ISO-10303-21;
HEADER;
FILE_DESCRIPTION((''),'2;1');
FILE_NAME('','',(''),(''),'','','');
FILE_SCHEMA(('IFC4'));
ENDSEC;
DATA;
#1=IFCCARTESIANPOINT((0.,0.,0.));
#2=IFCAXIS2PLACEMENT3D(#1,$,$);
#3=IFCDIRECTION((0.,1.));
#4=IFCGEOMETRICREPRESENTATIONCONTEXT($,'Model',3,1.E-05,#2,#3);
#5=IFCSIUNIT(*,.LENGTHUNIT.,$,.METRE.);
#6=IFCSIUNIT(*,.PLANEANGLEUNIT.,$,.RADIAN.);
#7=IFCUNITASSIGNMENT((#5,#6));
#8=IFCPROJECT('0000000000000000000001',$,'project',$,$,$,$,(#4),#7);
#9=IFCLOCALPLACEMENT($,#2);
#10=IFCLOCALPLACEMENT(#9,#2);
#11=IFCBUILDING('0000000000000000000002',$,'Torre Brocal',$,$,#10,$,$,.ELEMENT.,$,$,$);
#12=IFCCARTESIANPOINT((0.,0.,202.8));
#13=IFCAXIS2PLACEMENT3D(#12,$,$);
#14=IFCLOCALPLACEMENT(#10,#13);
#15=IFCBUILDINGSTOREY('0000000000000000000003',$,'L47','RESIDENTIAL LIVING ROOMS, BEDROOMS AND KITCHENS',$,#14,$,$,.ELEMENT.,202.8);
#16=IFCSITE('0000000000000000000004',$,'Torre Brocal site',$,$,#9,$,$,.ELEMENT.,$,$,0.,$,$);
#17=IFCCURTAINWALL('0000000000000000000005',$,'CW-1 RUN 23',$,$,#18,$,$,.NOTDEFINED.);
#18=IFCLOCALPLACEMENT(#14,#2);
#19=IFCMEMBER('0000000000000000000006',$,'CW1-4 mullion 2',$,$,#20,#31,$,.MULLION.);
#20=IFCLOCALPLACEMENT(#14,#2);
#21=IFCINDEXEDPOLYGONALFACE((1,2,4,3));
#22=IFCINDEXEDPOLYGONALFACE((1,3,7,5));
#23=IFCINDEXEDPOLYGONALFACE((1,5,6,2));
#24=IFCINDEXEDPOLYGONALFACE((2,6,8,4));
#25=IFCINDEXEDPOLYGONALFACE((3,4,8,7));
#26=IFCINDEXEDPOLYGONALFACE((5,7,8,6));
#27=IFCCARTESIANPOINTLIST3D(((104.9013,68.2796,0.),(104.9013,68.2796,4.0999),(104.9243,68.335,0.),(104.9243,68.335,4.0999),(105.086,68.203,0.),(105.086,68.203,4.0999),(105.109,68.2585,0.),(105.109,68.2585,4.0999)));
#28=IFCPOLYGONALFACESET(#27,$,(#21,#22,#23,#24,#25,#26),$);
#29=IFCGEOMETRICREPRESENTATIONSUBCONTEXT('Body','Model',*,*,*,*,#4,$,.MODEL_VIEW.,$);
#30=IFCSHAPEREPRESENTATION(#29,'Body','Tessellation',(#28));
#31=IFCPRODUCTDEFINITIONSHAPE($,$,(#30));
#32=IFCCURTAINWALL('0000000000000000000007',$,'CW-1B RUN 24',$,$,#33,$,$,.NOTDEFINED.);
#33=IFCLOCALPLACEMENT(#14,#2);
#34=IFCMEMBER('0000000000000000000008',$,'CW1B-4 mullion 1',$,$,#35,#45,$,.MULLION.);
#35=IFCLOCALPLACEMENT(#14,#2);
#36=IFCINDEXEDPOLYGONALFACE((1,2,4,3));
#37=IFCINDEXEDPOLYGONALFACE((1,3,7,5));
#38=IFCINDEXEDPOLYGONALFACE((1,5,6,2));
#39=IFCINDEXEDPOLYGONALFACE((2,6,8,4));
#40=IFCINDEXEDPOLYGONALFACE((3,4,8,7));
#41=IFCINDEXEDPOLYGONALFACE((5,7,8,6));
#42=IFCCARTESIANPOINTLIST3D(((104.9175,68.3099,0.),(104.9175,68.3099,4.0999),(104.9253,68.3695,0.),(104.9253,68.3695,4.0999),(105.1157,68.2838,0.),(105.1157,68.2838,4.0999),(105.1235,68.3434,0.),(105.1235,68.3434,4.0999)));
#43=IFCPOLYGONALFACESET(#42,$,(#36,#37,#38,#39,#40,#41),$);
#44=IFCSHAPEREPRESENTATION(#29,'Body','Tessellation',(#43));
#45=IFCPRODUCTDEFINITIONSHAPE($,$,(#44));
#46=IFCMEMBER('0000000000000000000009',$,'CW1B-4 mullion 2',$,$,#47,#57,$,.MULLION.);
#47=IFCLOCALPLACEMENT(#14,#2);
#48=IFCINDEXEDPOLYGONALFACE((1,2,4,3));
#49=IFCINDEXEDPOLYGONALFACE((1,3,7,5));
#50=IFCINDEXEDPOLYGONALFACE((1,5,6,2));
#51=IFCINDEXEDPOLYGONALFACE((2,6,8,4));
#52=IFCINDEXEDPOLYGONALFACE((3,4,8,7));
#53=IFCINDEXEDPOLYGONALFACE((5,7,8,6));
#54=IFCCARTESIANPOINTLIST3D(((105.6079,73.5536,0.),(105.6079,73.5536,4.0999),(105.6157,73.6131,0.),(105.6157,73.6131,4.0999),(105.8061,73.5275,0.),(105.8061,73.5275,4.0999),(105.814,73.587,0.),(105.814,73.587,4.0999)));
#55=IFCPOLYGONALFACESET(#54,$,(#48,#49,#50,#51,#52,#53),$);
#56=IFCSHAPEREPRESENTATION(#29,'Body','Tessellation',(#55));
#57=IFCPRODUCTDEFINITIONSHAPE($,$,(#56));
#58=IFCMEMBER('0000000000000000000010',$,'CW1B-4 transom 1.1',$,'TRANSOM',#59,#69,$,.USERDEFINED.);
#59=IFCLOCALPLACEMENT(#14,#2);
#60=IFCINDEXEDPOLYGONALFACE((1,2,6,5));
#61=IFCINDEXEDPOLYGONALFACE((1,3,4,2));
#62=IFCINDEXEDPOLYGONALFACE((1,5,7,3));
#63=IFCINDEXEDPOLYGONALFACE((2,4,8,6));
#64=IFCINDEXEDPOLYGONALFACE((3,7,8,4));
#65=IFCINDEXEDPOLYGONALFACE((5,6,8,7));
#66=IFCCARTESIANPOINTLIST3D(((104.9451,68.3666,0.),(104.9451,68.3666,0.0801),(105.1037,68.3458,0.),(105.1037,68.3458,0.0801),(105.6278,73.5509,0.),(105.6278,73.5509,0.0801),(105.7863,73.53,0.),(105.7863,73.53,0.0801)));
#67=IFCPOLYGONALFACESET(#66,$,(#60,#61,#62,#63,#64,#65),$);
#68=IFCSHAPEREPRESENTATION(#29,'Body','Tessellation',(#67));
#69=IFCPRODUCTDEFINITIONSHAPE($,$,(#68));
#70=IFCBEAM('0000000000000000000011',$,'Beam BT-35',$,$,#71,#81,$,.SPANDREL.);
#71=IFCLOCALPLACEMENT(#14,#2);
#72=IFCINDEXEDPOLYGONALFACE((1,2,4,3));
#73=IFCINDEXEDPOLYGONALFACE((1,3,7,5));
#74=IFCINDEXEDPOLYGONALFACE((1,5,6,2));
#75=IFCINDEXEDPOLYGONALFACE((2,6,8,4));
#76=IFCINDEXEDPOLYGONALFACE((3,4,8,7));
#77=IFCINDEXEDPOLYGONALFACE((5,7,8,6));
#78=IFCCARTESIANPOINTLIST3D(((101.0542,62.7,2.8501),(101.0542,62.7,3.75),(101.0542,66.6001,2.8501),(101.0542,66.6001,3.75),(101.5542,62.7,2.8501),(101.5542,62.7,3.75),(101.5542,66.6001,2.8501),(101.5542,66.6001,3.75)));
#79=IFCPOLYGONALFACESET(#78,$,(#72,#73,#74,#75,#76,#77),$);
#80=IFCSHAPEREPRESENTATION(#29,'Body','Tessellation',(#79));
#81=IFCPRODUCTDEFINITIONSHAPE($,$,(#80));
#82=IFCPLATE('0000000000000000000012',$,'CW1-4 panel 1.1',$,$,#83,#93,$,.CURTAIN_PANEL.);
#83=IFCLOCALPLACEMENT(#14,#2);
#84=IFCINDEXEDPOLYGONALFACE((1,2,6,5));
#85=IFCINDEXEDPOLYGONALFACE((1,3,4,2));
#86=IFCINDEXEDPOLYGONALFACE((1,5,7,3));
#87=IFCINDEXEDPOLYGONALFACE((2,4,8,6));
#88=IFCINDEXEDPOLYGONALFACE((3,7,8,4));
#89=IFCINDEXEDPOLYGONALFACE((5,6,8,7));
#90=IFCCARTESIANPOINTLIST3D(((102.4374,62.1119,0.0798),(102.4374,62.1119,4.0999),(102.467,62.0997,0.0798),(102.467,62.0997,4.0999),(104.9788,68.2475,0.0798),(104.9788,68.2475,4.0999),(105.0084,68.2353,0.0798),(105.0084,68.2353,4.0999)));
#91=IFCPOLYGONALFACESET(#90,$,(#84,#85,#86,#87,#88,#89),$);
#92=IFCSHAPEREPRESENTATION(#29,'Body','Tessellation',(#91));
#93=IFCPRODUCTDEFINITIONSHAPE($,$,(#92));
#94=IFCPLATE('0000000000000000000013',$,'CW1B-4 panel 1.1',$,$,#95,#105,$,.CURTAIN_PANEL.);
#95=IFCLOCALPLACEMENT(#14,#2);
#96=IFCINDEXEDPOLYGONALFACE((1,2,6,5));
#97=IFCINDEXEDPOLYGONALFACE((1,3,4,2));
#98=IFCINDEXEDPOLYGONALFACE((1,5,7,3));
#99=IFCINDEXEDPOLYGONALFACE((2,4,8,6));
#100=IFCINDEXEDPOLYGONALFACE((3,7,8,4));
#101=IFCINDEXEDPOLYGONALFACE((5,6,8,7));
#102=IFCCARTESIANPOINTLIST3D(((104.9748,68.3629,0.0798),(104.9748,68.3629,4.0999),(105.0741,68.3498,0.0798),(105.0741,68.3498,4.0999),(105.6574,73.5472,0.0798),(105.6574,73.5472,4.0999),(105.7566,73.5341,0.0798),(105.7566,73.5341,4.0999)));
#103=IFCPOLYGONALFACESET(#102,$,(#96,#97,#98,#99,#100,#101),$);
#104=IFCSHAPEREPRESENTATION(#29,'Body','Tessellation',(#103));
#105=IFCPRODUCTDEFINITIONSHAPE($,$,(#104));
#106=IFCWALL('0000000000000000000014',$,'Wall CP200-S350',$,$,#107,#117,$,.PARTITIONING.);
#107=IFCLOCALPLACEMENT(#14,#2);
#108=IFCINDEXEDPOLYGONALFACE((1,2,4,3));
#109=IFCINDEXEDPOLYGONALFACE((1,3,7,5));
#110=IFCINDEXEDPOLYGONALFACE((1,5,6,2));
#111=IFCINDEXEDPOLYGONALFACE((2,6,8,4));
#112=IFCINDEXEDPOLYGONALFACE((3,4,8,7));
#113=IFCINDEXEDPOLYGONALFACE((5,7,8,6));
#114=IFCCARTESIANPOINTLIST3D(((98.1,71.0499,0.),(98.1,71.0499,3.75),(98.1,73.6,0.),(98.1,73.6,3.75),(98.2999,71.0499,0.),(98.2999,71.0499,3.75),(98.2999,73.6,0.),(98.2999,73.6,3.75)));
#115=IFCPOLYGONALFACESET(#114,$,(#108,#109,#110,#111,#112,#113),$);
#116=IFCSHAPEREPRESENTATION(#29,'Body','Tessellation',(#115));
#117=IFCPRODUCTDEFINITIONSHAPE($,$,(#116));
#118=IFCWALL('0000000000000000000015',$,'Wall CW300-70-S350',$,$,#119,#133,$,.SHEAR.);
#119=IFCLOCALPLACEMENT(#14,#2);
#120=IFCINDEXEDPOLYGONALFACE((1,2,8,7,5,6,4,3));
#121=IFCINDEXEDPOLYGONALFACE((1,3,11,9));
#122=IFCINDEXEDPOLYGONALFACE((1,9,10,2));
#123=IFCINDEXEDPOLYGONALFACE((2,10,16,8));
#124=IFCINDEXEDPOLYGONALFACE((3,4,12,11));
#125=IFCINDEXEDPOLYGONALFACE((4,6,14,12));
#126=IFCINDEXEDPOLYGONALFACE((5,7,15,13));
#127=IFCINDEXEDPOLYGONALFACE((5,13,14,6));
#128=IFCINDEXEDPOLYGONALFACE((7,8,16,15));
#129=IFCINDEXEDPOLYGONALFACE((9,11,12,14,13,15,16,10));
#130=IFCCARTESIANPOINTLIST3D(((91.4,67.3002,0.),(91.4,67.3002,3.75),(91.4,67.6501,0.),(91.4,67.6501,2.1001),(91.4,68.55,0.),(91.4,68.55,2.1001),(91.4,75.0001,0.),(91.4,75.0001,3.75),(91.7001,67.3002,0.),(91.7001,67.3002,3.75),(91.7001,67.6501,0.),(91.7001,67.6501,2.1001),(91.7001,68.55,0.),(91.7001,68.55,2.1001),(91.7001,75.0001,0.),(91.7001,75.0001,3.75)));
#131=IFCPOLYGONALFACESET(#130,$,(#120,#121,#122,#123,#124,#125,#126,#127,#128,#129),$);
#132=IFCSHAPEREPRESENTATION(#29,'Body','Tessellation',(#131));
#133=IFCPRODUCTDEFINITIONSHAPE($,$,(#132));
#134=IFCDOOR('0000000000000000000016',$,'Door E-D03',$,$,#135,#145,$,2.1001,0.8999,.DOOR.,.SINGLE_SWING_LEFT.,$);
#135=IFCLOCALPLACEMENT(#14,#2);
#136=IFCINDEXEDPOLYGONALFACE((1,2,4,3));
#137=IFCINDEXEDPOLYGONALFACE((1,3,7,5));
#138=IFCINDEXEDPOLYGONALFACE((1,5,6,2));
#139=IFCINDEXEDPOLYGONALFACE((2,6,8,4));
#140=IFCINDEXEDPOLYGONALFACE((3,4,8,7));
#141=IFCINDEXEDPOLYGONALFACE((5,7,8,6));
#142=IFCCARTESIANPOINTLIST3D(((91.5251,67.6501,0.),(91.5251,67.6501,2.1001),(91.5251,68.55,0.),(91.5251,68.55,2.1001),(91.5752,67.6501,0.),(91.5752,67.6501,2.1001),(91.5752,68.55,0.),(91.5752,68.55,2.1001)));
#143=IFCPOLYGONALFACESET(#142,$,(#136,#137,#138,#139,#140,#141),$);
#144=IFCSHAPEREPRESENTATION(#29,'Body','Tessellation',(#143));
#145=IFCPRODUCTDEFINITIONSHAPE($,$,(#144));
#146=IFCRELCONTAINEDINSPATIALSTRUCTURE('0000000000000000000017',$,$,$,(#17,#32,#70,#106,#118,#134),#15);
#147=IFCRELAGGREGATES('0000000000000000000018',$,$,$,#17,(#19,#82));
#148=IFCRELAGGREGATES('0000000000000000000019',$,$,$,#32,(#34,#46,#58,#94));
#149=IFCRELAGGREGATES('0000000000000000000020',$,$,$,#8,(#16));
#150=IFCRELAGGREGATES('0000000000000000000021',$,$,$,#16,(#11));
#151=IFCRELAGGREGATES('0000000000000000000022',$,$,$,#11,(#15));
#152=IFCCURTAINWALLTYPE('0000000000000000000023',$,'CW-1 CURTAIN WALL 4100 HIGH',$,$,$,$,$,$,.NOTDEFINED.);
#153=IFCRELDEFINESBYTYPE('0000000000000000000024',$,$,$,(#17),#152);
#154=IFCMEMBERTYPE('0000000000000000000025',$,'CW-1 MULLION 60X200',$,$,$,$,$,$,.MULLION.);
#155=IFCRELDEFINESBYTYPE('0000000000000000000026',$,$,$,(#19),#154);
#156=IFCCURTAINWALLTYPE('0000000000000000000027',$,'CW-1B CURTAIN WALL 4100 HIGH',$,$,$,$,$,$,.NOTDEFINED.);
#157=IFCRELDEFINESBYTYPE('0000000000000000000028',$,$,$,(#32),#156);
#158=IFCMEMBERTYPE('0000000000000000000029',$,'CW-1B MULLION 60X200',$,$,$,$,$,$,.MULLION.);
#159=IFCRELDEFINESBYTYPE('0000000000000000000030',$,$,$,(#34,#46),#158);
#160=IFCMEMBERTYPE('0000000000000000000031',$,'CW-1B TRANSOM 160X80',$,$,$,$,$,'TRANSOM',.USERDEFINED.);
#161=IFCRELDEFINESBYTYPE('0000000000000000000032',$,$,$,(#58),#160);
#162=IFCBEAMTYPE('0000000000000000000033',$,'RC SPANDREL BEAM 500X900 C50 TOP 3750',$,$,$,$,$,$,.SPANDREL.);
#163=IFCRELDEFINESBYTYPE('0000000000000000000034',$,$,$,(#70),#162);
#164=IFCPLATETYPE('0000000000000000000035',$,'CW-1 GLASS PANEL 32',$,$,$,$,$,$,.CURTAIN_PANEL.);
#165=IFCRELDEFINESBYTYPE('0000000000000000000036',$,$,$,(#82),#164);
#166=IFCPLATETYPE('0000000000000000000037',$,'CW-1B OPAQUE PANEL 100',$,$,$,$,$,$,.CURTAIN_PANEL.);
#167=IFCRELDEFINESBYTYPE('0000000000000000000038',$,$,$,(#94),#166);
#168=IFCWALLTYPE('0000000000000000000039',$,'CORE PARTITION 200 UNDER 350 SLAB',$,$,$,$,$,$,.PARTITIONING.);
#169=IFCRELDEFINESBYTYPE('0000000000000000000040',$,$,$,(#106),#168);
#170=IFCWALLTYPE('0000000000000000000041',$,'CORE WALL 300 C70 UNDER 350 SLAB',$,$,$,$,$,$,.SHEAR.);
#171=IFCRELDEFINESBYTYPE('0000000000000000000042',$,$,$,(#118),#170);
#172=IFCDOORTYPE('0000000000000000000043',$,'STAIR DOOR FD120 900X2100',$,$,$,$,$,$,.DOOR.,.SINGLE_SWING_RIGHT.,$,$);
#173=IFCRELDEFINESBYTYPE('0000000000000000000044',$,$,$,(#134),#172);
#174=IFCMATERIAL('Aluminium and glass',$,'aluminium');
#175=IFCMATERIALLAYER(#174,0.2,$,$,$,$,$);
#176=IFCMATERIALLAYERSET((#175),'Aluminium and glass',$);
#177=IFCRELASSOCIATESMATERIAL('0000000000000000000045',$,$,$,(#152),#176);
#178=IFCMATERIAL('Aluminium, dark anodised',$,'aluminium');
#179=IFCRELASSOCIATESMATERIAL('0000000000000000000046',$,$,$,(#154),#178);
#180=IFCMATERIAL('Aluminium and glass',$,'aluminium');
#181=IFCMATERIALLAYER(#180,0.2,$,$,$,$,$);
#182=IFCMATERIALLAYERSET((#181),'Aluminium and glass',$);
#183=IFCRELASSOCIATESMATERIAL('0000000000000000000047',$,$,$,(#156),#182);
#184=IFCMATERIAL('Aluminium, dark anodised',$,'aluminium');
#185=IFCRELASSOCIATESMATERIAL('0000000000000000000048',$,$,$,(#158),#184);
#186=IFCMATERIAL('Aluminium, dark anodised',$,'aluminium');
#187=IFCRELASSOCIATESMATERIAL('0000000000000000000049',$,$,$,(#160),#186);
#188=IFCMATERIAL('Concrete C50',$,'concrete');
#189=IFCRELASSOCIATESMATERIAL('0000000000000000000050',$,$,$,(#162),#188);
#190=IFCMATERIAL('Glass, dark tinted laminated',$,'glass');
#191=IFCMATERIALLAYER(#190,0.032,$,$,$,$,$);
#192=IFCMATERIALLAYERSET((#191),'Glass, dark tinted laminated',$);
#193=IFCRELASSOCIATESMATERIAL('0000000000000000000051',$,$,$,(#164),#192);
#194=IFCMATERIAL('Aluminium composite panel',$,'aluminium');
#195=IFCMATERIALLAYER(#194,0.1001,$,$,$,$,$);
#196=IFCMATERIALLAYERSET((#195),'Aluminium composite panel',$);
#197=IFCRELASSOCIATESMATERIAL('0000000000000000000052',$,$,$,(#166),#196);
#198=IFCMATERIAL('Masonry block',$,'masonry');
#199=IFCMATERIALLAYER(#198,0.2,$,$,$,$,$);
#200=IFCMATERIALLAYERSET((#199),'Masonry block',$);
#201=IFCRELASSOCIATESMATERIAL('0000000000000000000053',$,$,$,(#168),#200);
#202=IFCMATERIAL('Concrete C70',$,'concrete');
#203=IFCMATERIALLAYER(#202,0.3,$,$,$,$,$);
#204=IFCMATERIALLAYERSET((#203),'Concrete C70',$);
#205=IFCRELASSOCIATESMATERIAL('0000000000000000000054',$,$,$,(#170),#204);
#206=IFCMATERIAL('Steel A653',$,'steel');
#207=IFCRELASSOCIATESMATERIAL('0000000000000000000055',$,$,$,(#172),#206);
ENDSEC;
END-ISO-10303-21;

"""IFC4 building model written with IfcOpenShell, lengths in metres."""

from ifc_helpers import new_model, si_unit, direction, frame, frame_2d, origin, origin_2d, place, context, subcontext, project, spatial, rectangle, extrude, material, layer, layer_set, material_profile, profile_set, type_object, element, fill, aggregate, save


model = new_model("IFC4")

# Units and contexts
model_context = context("Model", 3, precision=1e-05, world=origin(), true_north=direction((0.0, 1.0)))
body_context = subcontext(model_context, "Body", "Model", "MODEL_VIEW")
ifc_project = project(units=[si_unit("LENGTHUNIT", "METRE"), si_unit("PLANEANGLEUNIT", "RADIAN")], contexts=[model_context])

# Site, building, storey
site_placement = place(None, origin())
site = spatial("IfcSite", under=ifc_project, at=site_placement, Name="Torre Brocal site", CompositionType="ELEMENT", RefElevation=0.0)
building_placement = place(site_placement, origin())
building = spatial("IfcBuilding", under=site, at=building_placement, Name="Torre Brocal", CompositionType="ELEMENT")
storey_placement = place(building_placement, frame((0.0, 0.0, 202.8)))
storey = spatial("IfcBuildingStorey", under=building, at=storey_placement, Name="L47", Description="RESIDENTIAL LIVING ROOMS, BEDROOMS AND KITCHENS", CompositionType="ELEMENT", Elevation=202.8)

# Curtain wall, member
ifc_material_1 = material(Name="Aluminium and glass", Category="aluminium")
ifc_layer_1 = layer(ifc_material_1, 0.2)
ifc_layer_set_1 = layer_set([ifc_layer_1], Name="Aluminium and glass")
curtain_wall_type_1 = type_object("IfcCurtainWallType", Name="CW-1 CURTAIN WALL 4100 HIGH", PredefinedType="NOTDEFINED", material=ifc_layer_set_1)
curtain_wall_1_placement = place(storey_placement, origin())
curtain_wall_1 = element("IfcCurtainWall", 1, at=curtain_wall_1_placement, inside=storey, type_object=curtain_wall_type_1, Name="CW-1 RUN 23", PredefinedType="NOTDEFINED")
ifc_material_2 = material(Name="Aluminium, dark anodised", Category="aluminium")
ifc_material_profile_1 = material_profile(ifc_material_2, rectangle(XDim=0.2, YDim=0.0601, at=origin_2d()), Name="CW-1 MULLION 60X200")
ifc_profile_set_1 = profile_set([ifc_material_profile_1], Name="Aluminium, dark anodised")
member_type_1 = type_object("IfcMemberType", Name="CW-1 MULLION 60X200", PredefinedType="MULLION", material=ifc_profile_set_1)
member_1_placement = place(storey_placement, frame((105.0051, 68.269, 0.0), z_axis=(0.0, 0.0, 1.0), x_axis=(-0.92388, 0.382683, 0.0)))
member_1 = element("IfcMember", 2, at=member_1_placement, type_object=member_type_1, Name="CW1-4 mullion 2", PredefinedType="MULLION", context=body_context, shape_type="SweptSolid", body=[
    extrude(rectangle(XDim=0.2, YDim=0.0601, at=origin_2d()), origin(), (0.0, 0.0, 1.0), 4.0999),
])

# Curtain wall, members
ifc_material_3 = material(Name="Aluminium and glass", Category="aluminium")
ifc_layer_2 = layer(ifc_material_3, 0.2)
ifc_layer_set_2 = layer_set([ifc_layer_2], Name="Aluminium and glass")
curtain_wall_type_2 = type_object("IfcCurtainWallType", Name="CW-1B CURTAIN WALL 4100 HIGH", PredefinedType="NOTDEFINED", material=ifc_layer_set_2)
curtain_wall_2_placement = place(storey_placement, origin())
curtain_wall_2 = element("IfcCurtainWall", 3, at=curtain_wall_2_placement, inside=storey, type_object=curtain_wall_type_2, Name="CW-1B RUN 24", PredefinedType="NOTDEFINED")
ifc_material_4 = material(Name="Aluminium, dark anodised", Category="aluminium")
ifc_material_profile_2 = material_profile(ifc_material_4, rectangle(XDim=0.2, YDim=0.0601, at=origin_2d()), Name="CW-1B MULLION 60X200")
ifc_profile_set_2 = profile_set([ifc_material_profile_2], Name="Aluminium, dark anodised")
member_type_2 = type_object("IfcMemberType", Name="CW-1B MULLION 60X200", PredefinedType="MULLION", material=ifc_profile_set_2)
member_2_placement = place(storey_placement, frame((105.0205, 68.3267, 0.0), z_axis=(0.0, 0.0, 1.0), x_axis=(-0.991445, 0.130526, 0.0)))
member_2 = element("IfcMember", 4, at=member_2_placement, type_object=member_type_2, Name="CW1B-4 mullion 1", PredefinedType="MULLION", context=body_context, shape_type="SweptSolid", body=[
    extrude(rectangle(XDim=0.2, YDim=0.0601, at=origin_2d()), origin(), (0.0, 0.0, 1.0), 4.0999),
])
member_3_placement = place(storey_placement, frame((105.7109, 73.5703, 0.0), z_axis=(0.0, 0.0, 1.0), x_axis=(-0.991445, 0.130526, 0.0)))
member_3 = element("IfcMember", 5, at=member_3_placement, type_object=member_type_2, Name="CW1B-4 mullion 2", PredefinedType="MULLION", context=body_context, shape_type="SweptSolid", body=[
    extrude(rectangle(XDim=0.2, YDim=0.0601, at=origin_2d()), origin(), (0.0, 0.0, 1.0), 4.0999),
])
ifc_material_5 = material(Name="Aluminium, dark anodised", Category="aluminium")
ifc_material_profile_3 = material_profile(ifc_material_5, rectangle(XDim=0.1599, YDim=0.0801, at=origin_2d()), Name="CW-1B TRANSOM 160X80")
ifc_profile_set_3 = profile_set([ifc_material_profile_3], Name="Aluminium, dark anodised")
member_type_3 = type_object("IfcMemberType", Name="CW-1B TRANSOM 160X80", ElementType="TRANSOM", PredefinedType="USERDEFINED", material=ifc_profile_set_3)
member_4_placement = place(storey_placement, frame((105.0244, 68.3562, 0.04), z_axis=(0.130543, 0.991443, 0.0), x_axis=(-0.991443, 0.130543, 0.0)))
member_4 = element("IfcMember", 6, at=member_4_placement, type_object=member_type_3, Name="CW1B-4 transom 1.1", ObjectType="TRANSOM", PredefinedType="USERDEFINED", context=body_context, shape_type="SweptSolid", body=[
    extrude(rectangle(XDim=0.1599, YDim=0.0801, at=origin_2d()), origin(), (0.0, 0.0, 1.0), 5.229),
])

# Beam
ifc_material_6 = material(Name="Concrete C50", Category="concrete")
ifc_material_profile_4 = material_profile(ifc_material_6, rectangle(XDim=0.5, YDim=0.8999, at=origin_2d()), Name="RC 500X900")
ifc_profile_set_4 = profile_set([ifc_material_profile_4], Name="Concrete C50")
beam_type = type_object("IfcBeamType", Name="RC SPANDREL BEAM 500X900 C50 TOP 3750", PredefinedType="SPANDREL", material=ifc_profile_set_4)
beam_placement = place(storey_placement, frame((101.3042, 62.7, 3.3), z_axis=(0.0, 1.0, 0.0), x_axis=(-1.0, 0.0, 0.0)))
element("IfcBeam", 7, at=beam_placement, inside=storey, type_object=beam_type, Name="Beam BT-35", PredefinedType="SPANDREL", context=body_context, shape_type="SweptSolid", body=[
    extrude(rectangle(XDim=0.5, YDim=0.8999, at=origin_2d()), origin(), (0.0, 0.0, 1.0), 3.9001),
])

# Plates
ifc_material_7 = material(Name="Glass, dark tinted laminated", Category="glass")
ifc_layer_3 = layer(ifc_material_7, 0.032)
ifc_layer_set_3 = layer_set([ifc_layer_3], Name="Glass, dark tinted laminated")
plate_type_1 = type_object("IfcPlateType", Name="CW-1 GLASS PANEL 32", PredefinedType="CURTAIN_PANEL", material=ifc_layer_set_3)
plate_1_placement = place(storey_placement, frame((103.7229, 65.1736, 0.0798), z_axis=(0.0, 0.0, 1.0), x_axis=(0.382683, 0.92388, 0.0)))
plate_1 = element("IfcPlate", 8, at=plate_1_placement, type_object=plate_type_1, Name="CW1-4 panel 1.1", PredefinedType="CURTAIN_PANEL", context=body_context, shape_type="SweptSolid", body=[
    extrude(rectangle(XDim=6.6411, YDim=0.032, at=origin_2d()), origin(), (0.0, 0.0, 1.0), 4.02),
])
aggregate(curtain_wall_1, [member_1, plate_1])
ifc_material_8 = material(Name="Aluminium composite panel", Category="aluminium")
ifc_layer_4 = layer(ifc_material_8, 0.1001)
ifc_layer_set_4 = layer_set([ifc_layer_4], Name="Aluminium composite panel")
plate_type_2 = type_object("IfcPlateType", Name="CW-1B OPAQUE PANEL 100", PredefinedType="CURTAIN_PANEL", material=ifc_layer_set_4)
plate_2_placement = place(storey_placement, frame((105.3657, 70.9485, 0.0798), z_axis=(0.0, 0.0, 1.0), x_axis=(0.130526, 0.991445, 0.0)))
plate_2 = element("IfcPlate", 9, at=plate_2_placement, type_object=plate_type_2, Name="CW1B-4 panel 1.1", PredefinedType="CURTAIN_PANEL", context=body_context, shape_type="SweptSolid", body=[
    extrude(rectangle(XDim=5.229, YDim=0.1001, at=origin_2d()), origin(), (0.0, 0.0, 1.0), 4.02),
])
aggregate(curtain_wall_2, [member_2, member_3, member_4, plate_2])

# Wall
ifc_material_9 = material(Name="Masonry block", Category="masonry")
ifc_layer_5 = layer(ifc_material_9, 0.2)
ifc_layer_set_5 = layer_set([ifc_layer_5], Name="Masonry block")
wall_type_1 = type_object("IfcWallType", Name="CORE PARTITION 200 UNDER 350 SLAB", PredefinedType="PARTITIONING", material=ifc_layer_set_5)
wall_1_placement = place(storey_placement, frame((98.2, 71.05, 0.0), z_axis=(0.0, 0.0, 1.0), x_axis=(0.0, 1.0, 0.0)))
element("IfcWall", 10, at=wall_1_placement, inside=storey, type_object=wall_type_1, Name="Wall CP200-S350", PredefinedType="PARTITIONING", context=body_context, shape_type="SweptSolid", body=[
    extrude(rectangle(XDim=2.55, YDim=0.2, at=frame_2d((1.2749, 0.0))), origin(), (0.0, 0.0, 1.0), 3.75),
])

# Wall, opening, door
ifc_material_10 = material(Name="Concrete C70", Category="concrete")
ifc_layer_6 = layer(ifc_material_10, 0.3)
ifc_layer_set_6 = layer_set([ifc_layer_6], Name="Concrete C70")
wall_type_2 = type_object("IfcWallType", Name="CORE WALL 300 C70 UNDER 350 SLAB", PredefinedType="SHEAR", material=ifc_layer_set_6)
wall_2_placement = place(storey_placement, frame((91.55, 67.3, 0.0), z_axis=(0.0, 0.0, 1.0), x_axis=(0.0, 1.0, 0.0)))
wall_2 = element("IfcWall", 11, at=wall_2_placement, inside=storey, type_object=wall_type_2, Name="Wall CW300-70-S350", PredefinedType="SHEAR", context=body_context, shape_type="SweptSolid", body=[
    extrude(rectangle(XDim=7.7, YDim=0.3, at=frame_2d((3.8501, 0.0))), origin(), (0.0, 0.0, 1.0), 3.75),
])
opening_1_placement = place(wall_2_placement, frame((0.3501, 0.0, 0.0)))
opening_1 = element("IfcOpeningElement", 12, at=opening_1_placement, cuts=wall_2, PredefinedType="OPENING", context=body_context, shape_type="SweptSolid", body=[
    extrude(rectangle(XDim=0.8999, YDim=2.1001, at=frame_2d((0.45, 1.05))), frame((0.0, 0.1599, 0.0), z_axis=(0.0, -1.0, 0.0), x_axis=(1.0, 0.0, 0.0)), (0.0, 0.0, 1.0), 0.3201),
])
ifc_material_11 = material(Name="Steel A653", Category="steel")
door_type_1 = type_object("IfcDoorType", Name="STAIR DOOR FD120 900X2100", OperationType="SINGLE_SWING_RIGHT", PredefinedType="DOOR", material=ifc_material_11)
door_1_placement = place(opening_1_placement, origin())
door_1 = element("IfcDoor", 13, at=door_1_placement, inside=storey, type_object=door_type_1, Name="Door E-D03", OperationType="SINGLE_SWING_LEFT", OverallHeight=2.1001, OverallWidth=0.8999, PredefinedType="DOOR", context=body_context, shape_type="SweptSolid", body=[
    extrude(rectangle(XDim=0.8999, YDim=2.1001, at=frame_2d((0.45, 1.05))), frame((0.0, 0.0249, 0.0), z_axis=(0.0, -1.0, 0.0), x_axis=(1.0, 0.0, 0.0)), (0.0, 0.0, 1.0), 0.05),
])
fill(opening_1, door_1)

save(model, "model.ifc")
